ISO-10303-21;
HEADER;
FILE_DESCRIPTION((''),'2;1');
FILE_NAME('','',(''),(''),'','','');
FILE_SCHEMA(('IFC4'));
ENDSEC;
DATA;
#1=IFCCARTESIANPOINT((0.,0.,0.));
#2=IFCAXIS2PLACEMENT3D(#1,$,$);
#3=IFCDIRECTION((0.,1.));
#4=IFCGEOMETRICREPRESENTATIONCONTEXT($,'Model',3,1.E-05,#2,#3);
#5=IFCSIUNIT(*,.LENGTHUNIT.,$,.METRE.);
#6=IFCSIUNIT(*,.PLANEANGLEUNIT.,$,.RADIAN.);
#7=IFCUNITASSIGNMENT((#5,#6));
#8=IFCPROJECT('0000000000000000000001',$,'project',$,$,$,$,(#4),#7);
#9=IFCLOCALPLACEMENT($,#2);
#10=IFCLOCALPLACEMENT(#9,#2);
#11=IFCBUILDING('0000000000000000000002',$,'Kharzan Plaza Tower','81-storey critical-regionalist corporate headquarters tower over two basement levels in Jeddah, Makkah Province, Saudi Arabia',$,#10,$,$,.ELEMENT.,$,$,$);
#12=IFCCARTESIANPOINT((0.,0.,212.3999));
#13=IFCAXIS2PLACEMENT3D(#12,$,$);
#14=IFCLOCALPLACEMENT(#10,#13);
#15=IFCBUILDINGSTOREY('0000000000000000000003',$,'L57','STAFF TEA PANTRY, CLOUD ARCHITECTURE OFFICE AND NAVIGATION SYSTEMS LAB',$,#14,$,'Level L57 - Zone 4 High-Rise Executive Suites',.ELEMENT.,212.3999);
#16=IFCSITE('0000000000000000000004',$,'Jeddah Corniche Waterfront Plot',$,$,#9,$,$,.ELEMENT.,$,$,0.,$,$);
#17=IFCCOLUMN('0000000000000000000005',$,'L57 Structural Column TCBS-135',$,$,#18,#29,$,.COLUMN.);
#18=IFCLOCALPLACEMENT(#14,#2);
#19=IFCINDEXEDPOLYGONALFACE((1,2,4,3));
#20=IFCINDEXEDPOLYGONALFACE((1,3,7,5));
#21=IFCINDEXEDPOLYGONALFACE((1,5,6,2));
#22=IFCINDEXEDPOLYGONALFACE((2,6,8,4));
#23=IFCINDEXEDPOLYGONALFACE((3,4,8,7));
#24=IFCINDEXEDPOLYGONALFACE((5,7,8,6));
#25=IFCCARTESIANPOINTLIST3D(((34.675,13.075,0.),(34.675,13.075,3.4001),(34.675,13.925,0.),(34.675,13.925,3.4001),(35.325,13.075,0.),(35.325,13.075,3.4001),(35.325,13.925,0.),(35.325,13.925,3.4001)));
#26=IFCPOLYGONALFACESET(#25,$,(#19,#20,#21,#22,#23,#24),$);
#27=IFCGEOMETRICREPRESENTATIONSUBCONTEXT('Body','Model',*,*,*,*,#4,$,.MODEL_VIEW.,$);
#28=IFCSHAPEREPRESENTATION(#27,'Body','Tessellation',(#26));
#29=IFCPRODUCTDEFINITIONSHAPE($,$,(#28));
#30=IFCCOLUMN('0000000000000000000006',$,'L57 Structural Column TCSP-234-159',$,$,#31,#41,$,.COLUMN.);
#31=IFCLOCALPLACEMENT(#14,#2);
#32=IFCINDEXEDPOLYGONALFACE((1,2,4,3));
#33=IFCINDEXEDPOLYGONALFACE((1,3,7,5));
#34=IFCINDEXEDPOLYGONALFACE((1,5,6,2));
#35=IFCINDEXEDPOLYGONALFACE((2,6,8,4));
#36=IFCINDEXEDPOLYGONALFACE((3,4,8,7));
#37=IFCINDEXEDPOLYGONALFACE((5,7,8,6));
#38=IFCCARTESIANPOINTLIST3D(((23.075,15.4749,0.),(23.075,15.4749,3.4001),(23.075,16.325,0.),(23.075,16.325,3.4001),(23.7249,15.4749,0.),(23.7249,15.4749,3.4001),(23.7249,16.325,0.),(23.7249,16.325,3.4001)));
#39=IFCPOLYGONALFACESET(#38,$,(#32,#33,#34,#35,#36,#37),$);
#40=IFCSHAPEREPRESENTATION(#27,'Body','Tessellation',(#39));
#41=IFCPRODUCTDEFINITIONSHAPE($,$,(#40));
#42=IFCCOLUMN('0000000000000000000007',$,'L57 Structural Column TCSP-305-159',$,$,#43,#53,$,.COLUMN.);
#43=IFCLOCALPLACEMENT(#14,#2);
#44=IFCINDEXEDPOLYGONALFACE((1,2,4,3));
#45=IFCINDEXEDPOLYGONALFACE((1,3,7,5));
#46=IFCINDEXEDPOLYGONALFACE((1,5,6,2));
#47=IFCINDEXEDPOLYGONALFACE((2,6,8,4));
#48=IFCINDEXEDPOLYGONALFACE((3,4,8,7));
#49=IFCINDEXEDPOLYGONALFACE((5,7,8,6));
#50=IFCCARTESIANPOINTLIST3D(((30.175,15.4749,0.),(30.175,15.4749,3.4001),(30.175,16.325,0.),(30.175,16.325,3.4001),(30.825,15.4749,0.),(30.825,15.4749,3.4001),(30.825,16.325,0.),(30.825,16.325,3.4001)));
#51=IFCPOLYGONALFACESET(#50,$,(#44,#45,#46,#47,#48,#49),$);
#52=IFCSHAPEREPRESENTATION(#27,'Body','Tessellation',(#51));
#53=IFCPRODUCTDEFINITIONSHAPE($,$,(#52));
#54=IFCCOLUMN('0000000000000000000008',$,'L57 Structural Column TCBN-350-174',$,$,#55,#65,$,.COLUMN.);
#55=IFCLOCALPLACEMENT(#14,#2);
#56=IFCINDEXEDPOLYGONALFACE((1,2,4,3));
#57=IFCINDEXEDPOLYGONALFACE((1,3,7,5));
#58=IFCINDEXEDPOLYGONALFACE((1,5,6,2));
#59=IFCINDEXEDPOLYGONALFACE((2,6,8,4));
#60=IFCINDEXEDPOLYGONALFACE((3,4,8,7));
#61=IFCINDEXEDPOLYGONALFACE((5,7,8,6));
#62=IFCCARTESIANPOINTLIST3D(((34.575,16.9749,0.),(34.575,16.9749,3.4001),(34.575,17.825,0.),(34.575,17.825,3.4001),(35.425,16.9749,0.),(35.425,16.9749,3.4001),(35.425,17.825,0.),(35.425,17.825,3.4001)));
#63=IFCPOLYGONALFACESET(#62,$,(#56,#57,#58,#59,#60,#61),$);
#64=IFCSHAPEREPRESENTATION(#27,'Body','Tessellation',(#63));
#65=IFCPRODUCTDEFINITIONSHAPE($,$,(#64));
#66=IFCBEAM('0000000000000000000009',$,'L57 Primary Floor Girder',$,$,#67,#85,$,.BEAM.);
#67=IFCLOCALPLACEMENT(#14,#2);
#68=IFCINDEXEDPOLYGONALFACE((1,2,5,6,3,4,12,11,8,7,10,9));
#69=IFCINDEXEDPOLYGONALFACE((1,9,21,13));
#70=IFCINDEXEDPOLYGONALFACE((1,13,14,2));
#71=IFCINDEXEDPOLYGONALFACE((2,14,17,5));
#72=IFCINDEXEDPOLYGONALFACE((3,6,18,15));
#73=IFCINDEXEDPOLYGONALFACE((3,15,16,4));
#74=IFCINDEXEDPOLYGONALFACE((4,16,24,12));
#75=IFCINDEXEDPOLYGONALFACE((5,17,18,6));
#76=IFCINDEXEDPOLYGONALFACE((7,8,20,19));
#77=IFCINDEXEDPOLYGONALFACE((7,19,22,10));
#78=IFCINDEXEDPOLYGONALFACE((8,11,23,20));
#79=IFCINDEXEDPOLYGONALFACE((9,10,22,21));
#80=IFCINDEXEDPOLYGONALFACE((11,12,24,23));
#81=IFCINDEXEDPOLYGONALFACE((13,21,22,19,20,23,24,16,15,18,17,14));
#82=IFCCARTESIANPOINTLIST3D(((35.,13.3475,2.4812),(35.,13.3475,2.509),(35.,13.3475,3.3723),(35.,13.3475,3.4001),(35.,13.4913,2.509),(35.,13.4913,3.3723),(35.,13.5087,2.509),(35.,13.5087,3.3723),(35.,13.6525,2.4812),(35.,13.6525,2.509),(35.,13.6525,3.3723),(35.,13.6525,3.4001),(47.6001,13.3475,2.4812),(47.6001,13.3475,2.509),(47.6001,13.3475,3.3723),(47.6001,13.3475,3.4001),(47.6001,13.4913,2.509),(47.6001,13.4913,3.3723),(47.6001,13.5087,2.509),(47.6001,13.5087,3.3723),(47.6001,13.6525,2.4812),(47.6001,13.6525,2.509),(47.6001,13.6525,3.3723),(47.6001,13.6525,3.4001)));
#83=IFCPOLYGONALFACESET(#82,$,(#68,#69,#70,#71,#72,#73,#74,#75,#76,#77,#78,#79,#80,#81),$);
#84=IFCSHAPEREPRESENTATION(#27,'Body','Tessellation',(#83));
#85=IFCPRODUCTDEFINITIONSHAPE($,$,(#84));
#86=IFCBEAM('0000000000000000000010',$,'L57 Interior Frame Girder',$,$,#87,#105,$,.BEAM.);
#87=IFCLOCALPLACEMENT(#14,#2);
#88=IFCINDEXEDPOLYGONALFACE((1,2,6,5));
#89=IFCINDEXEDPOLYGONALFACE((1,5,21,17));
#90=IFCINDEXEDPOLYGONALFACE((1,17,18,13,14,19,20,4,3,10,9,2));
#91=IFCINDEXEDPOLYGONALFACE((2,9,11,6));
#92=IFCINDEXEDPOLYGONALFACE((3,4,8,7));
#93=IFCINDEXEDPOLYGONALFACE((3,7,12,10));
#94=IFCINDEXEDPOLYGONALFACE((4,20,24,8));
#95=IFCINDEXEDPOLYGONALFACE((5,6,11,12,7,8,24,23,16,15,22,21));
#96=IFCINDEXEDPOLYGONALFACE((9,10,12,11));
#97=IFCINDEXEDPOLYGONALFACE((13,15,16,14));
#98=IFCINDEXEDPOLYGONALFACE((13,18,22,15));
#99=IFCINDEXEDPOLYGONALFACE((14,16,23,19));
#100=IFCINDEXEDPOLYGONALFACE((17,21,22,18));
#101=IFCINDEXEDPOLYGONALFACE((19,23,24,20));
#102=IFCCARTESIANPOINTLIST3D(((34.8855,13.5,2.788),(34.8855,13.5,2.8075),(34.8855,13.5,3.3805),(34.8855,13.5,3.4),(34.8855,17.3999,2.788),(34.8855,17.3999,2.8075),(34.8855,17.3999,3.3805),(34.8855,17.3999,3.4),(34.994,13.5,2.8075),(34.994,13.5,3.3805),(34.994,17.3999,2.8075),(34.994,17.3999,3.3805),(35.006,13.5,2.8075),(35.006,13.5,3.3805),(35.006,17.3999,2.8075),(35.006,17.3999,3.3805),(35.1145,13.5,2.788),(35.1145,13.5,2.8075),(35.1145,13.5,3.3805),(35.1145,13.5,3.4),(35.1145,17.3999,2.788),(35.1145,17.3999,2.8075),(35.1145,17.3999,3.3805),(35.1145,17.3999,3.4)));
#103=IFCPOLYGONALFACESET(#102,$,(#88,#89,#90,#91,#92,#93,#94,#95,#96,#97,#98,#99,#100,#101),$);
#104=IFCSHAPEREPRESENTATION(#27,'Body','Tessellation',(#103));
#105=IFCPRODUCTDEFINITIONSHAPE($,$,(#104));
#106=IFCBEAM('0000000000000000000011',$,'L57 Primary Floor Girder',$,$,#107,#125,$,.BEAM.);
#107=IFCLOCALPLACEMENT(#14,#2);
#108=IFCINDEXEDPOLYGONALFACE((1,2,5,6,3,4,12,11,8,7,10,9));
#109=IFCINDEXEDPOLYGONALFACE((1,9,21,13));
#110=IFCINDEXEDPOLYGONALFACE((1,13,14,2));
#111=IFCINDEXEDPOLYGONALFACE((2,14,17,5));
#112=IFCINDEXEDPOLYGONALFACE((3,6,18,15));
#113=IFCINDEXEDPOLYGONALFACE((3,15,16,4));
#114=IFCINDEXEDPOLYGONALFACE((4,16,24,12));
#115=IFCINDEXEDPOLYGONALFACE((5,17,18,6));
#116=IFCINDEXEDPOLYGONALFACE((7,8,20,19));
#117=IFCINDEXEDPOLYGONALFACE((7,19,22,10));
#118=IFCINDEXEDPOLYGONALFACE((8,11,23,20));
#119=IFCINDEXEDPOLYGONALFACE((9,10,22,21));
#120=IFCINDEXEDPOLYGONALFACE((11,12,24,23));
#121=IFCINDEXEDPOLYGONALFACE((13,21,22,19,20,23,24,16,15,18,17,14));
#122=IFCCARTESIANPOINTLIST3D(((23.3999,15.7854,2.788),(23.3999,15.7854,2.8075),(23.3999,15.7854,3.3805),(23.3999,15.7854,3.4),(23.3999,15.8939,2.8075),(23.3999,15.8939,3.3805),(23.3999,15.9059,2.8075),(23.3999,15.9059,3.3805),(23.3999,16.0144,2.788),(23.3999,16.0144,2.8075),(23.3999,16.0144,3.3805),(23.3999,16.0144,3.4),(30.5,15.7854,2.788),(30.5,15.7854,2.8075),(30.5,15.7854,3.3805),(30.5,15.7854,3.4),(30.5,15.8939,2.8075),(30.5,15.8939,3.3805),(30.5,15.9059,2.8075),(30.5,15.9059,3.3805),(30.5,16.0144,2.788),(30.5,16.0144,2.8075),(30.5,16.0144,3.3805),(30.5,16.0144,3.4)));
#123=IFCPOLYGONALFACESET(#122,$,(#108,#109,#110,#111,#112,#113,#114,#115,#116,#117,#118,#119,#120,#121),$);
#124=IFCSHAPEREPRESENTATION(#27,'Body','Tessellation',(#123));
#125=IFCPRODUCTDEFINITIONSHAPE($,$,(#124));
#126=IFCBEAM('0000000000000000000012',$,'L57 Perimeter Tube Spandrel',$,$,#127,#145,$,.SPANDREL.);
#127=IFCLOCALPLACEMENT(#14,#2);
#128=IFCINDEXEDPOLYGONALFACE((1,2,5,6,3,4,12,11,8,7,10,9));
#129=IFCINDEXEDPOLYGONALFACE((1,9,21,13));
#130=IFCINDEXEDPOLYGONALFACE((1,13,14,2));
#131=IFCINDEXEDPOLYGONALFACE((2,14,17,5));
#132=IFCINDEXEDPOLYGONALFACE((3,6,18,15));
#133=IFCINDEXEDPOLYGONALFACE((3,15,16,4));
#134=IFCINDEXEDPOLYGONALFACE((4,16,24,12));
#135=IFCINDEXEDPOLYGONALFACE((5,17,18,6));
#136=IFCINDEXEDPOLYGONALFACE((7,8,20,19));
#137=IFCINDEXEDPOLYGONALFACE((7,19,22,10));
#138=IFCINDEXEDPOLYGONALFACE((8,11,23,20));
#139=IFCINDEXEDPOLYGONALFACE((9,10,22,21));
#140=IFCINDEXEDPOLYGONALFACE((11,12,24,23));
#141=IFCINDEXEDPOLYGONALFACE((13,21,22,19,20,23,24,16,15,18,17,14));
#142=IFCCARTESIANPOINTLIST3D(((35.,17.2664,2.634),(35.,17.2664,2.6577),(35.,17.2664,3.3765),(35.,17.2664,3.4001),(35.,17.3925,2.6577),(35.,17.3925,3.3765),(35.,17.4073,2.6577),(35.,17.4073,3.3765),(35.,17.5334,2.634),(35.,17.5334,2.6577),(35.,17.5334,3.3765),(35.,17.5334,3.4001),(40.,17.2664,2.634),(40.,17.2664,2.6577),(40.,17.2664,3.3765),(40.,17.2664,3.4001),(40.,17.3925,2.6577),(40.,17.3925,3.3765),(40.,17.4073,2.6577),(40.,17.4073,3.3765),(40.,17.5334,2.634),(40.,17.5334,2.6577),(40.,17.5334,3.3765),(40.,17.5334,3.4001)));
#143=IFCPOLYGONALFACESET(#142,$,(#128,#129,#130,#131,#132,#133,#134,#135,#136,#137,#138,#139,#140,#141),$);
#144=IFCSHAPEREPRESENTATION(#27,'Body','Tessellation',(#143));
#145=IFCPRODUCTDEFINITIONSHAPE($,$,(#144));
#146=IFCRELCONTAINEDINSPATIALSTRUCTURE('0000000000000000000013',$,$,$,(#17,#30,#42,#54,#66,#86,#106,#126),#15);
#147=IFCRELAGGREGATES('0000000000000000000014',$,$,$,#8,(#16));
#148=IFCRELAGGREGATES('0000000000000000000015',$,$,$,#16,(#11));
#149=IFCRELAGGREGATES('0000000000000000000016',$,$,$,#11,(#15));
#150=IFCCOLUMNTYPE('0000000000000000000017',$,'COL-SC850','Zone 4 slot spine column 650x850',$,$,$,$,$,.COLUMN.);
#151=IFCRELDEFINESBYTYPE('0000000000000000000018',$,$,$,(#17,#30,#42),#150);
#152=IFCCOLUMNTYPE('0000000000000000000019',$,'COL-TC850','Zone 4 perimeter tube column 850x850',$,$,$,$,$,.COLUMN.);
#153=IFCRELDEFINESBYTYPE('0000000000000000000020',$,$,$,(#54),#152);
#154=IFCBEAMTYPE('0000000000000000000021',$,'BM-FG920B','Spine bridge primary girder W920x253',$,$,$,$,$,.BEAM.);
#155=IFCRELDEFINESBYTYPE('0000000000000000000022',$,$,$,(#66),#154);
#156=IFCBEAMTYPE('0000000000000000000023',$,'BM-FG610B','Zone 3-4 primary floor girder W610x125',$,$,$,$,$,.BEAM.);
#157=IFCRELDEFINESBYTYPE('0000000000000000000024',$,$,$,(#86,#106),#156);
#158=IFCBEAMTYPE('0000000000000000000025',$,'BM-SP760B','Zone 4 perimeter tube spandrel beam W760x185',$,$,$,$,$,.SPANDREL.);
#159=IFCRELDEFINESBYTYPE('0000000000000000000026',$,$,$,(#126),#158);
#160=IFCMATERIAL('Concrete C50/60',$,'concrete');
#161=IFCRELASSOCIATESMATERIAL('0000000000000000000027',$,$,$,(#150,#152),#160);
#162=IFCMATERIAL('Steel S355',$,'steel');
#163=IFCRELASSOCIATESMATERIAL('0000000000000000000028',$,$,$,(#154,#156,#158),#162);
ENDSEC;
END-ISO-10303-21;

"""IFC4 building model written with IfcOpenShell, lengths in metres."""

from ifc_helpers import new_model, si_unit, direction, frame, origin, origin_2d, place, context, subcontext, project, spatial, rectangle, i_section, extrude, source, transform, mapped, material, material_profile, profile_set, type_object, element, save


model = new_model("IFC4")

# Units and contexts
model_context = context("Model", 3, precision=1e-05, world=origin(), true_north=direction((0.0, 1.0)))
body_context = subcontext(model_context, "Body", "Model", "MODEL_VIEW")
ifc_project = project(units=[si_unit("LENGTHUNIT", "METRE"), si_unit("PLANEANGLEUNIT", "RADIAN")], contexts=[model_context])

# Site, building, storey
site_placement = place(None, origin())
site = spatial("IfcSite", under=ifc_project, at=site_placement, Name="Jeddah Corniche Waterfront Plot", CompositionType="ELEMENT", RefElevation=0.0)
building_placement = place(site_placement, origin())
building = spatial("IfcBuilding", under=site, at=building_placement, Name="Kharzan Plaza Tower", Description="81-storey critical-regionalist corporate headquarters tower over two basement levels in Jeddah, Makkah Province, Saudi Arabia", CompositionType="ELEMENT")
storey_placement = place(building_placement, frame((0.0, 0.0, 212.3999)))
storey = spatial("IfcBuildingStorey", under=building, at=storey_placement, Name="L57", Description="STAFF TEA PANTRY, CLOUD ARCHITECTURE OFFICE AND NAVIGATION SYSTEMS LAB", LongName="Level L57 - Zone 4 High-Rise Executive Suites", CompositionType="ELEMENT", Elevation=212.3999)

# Columns
ifc_material_1 = material(Name="Concrete C50/60", Category="concrete")
ifc_material_profile_1 = material_profile(ifc_material_1, rectangle(XDim=0.6499, YDim=0.8501, at=origin_2d()), Name="RC-SC850x650")
ifc_profile_set_1 = profile_set([ifc_material_profile_1], Name="Concrete C50/60")
column_type_1 = type_object("IfcColumnType", Name="COL-SC850", Description="Zone 4 slot spine column 650x850", PredefinedType="COLUMN", material=ifc_profile_set_1)
shared_shape_1 = source(origin(), body_context, "Body", "SweptSolid", [
    extrude(rectangle(XDim=0.6499, YDim=0.8501, at=origin_2d()), origin(), (0.0, 0.0, 1.0), 3.4001),
])
for number, where, z_axis, x_axis, name in (
    (1, (35.0, 13.5, 0.0), (0.0, 0.0, 1.0), (1.0, 0.0, 0.0), "L57 Structural Column TCBS-135"),
    (2, (23.3999, 15.8999, 0.0), (0.0, 0.0, 1.0), (1.0, 0.0, 0.0), "L57 Structural Column TCSP-234-159"),
    (3, (30.5, 15.8999, 0.0), (0.0, 0.0, 1.0), (1.0, 0.0, 0.0), "L57 Structural Column TCSP-305-159"),
):
    element("IfcColumn", number, at=place(storey_placement, frame(where, z_axis=z_axis, x_axis=x_axis)), inside=storey, type_object=column_type_1, Name=name, PredefinedType="COLUMN", context=body_context, shape_type="MappedRepresentation", body=[
        mapped(shared_shape_1, transform((0.0, 0.0, 0.0), x_axis=(1.0, 0.0, 0.0), y_axis=(0.0, 1.0, 0.0), z_axis=(0.0, 0.0, 1.0))),
    ])
ifc_material_profile_2 = material_profile(ifc_material_1, rectangle(XDim=0.8501, YDim=0.8501, at=origin_2d()), Name="RC-TC850x850")
ifc_profile_set_2 = profile_set([ifc_material_profile_2], Name="Concrete C50/60")
column_type_2 = type_object("IfcColumnType", Name="COL-TC850", Description="Zone 4 perimeter tube column 850x850", PredefinedType="COLUMN", material=ifc_profile_set_2)
shared_shape_2 = source(origin(), body_context, "Body", "SweptSolid", [
    extrude(rectangle(XDim=0.8501, YDim=0.8501, at=origin_2d()), origin(), (0.0, 0.0, 1.0), 3.4001),
])
column_placement = place(storey_placement, frame((35.0, 17.3999, 0.0), z_axis=(0.0, 0.0, 1.0), x_axis=(1.0, 0.0, 0.0)))
element("IfcColumn", 4, at=column_placement, inside=storey, type_object=column_type_2, Name="L57 Structural Column TCBN-350-174", PredefinedType="COLUMN", context=body_context, shape_type="MappedRepresentation", body=[
    mapped(shared_shape_2, transform((0.0, 0.0, 0.0), x_axis=(1.0, 0.0, 0.0), y_axis=(0.0, 1.0, 0.0), z_axis=(0.0, 0.0, 1.0))),
])

# Beams
ifc_material_2 = material(Name="Steel S355", Category="steel")
ifc_material_profile_3 = material_profile(ifc_material_2, i_section(OverallWidth=0.3049, OverallDepth=0.9189, WebThickness=0.0173, FlangeThickness=0.0278, at=origin_2d()), Name="W920x253")
ifc_profile_set_3 = profile_set([ifc_material_profile_3], Name="Steel S355")
beam_type_1 = type_object("IfcBeamType", Name="BM-FG920B", Description="Spine bridge primary girder W920x253", PredefinedType="BEAM", material=ifc_profile_set_3)
shared_shape_3 = source(origin(), body_context, "Body", "SweptSolid", [
    extrude(i_section(OverallWidth=0.3049, OverallDepth=0.9189, WebThickness=0.0173, FlangeThickness=0.0278, at=origin_2d()), origin(), (0.0, 0.0, 1.0), 12.6001),
])
beam_1_placement = place(storey_placement, frame((35.0, 13.5, 2.9407), z_axis=(1.0, 0.0, 0.0), x_axis=(0.0, 1.0, 0.0)))
element("IfcBeam", 5, at=beam_1_placement, inside=storey, type_object=beam_type_1, Name="L57 Primary Floor Girder", PredefinedType="BEAM", context=body_context, shape_type="MappedRepresentation", body=[
    mapped(shared_shape_3, transform((0.0, 0.0, 0.0), x_axis=(1.0, 0.0, 0.0), y_axis=(0.0, 1.0, 0.0), z_axis=(0.0, 0.0, 1.0))),
])
ifc_material_profile_4 = material_profile(ifc_material_2, i_section(OverallWidth=0.229, OverallDepth=0.6121, WebThickness=0.012, FlangeThickness=0.0195, at=origin_2d()), Name="W610x125")
ifc_profile_set_4 = profile_set([ifc_material_profile_4], Name="Steel S355")
beam_type_2 = type_object("IfcBeamType", Name="BM-FG610B", Description="Zone 3-4 primary floor girder W610x125", PredefinedType="BEAM", material=ifc_profile_set_4)
shared_shape_4 = source(origin(), body_context, "Body", "SweptSolid", [
    extrude(i_section(OverallWidth=0.229, OverallDepth=0.6121, WebThickness=0.012, FlangeThickness=0.0195, at=origin_2d()), origin(), (0.0, 0.0, 1.0), 3.8999),
])
beam_2_placement = place(storey_placement, frame((35.0, 13.5, 3.094), z_axis=(0.0, 1.0, 0.0), x_axis=(-1.0, 0.0, 0.0)))
element("IfcBeam", 6, at=beam_2_placement, inside=storey, type_object=beam_type_2, Name="L57 Interior Frame Girder", PredefinedType="BEAM", context=body_context, shape_type="MappedRepresentation", body=[
    mapped(shared_shape_4, transform((0.0, 0.0, 0.0), x_axis=(1.0, 0.0, 0.0), y_axis=(0.0, 1.0, 0.0), z_axis=(0.0, 0.0, 1.0))),
])
shared_shape_5 = source(origin(), body_context, "Body", "SweptSolid", [
    extrude(i_section(OverallWidth=0.229, OverallDepth=0.6121, WebThickness=0.012, FlangeThickness=0.0195, at=origin_2d()), origin(), (0.0, 0.0, 1.0), 7.1001),
])
beam_3_placement = place(storey_placement, frame((23.3999, 15.8999, 3.094), z_axis=(1.0, 0.0, 0.0), x_axis=(0.0, 1.0, 0.0)))
element("IfcBeam", 7, at=beam_3_placement, inside=storey, type_object=beam_type_2, Name="L57 Primary Floor Girder", PredefinedType="BEAM", context=body_context, shape_type="MappedRepresentation", body=[
    mapped(shared_shape_5, transform((0.0, 0.0, 0.0), x_axis=(1.0, 0.0, 0.0), y_axis=(0.0, 1.0, 0.0), z_axis=(0.0, 0.0, 1.0))),
])
ifc_material_profile_5 = material_profile(ifc_material_2, i_section(OverallWidth=0.2671, OverallDepth=0.7661, WebThickness=0.0149, FlangeThickness=0.0237, at=origin_2d()), Name="W760x185")
ifc_profile_set_5 = profile_set([ifc_material_profile_5], Name="Steel S355")
beam_type_3 = type_object("IfcBeamType", Name="BM-SP760B", Description="Zone 4 perimeter tube spandrel beam W760x185", PredefinedType="SPANDREL", material=ifc_profile_set_5)
shared_shape_6 = source(origin(), body_context, "Body", "SweptSolid", [
    extrude(i_section(OverallWidth=0.2671, OverallDepth=0.7661, WebThickness=0.0149, FlangeThickness=0.0237, at=origin_2d()), origin(), (0.0, 0.0, 1.0), 5.0),
])
beam_4_placement = place(storey_placement, frame((35.0, 17.3999, 3.0171), z_axis=(1.0, 0.0, 0.0), x_axis=(0.0, 1.0, 0.0)))
element("IfcBeam", 8, at=beam_4_placement, inside=storey, type_object=beam_type_3, Name="L57 Perimeter Tube Spandrel", PredefinedType="SPANDREL", context=body_context, shape_type="MappedRepresentation", body=[
    mapped(shared_shape_6, transform((0.0, 0.0, 0.0), x_axis=(1.0, 0.0, 0.0), y_axis=(0.0, 1.0, 0.0), z_axis=(0.0, 0.0, 1.0))),
])

save(model, "model.ifc")
